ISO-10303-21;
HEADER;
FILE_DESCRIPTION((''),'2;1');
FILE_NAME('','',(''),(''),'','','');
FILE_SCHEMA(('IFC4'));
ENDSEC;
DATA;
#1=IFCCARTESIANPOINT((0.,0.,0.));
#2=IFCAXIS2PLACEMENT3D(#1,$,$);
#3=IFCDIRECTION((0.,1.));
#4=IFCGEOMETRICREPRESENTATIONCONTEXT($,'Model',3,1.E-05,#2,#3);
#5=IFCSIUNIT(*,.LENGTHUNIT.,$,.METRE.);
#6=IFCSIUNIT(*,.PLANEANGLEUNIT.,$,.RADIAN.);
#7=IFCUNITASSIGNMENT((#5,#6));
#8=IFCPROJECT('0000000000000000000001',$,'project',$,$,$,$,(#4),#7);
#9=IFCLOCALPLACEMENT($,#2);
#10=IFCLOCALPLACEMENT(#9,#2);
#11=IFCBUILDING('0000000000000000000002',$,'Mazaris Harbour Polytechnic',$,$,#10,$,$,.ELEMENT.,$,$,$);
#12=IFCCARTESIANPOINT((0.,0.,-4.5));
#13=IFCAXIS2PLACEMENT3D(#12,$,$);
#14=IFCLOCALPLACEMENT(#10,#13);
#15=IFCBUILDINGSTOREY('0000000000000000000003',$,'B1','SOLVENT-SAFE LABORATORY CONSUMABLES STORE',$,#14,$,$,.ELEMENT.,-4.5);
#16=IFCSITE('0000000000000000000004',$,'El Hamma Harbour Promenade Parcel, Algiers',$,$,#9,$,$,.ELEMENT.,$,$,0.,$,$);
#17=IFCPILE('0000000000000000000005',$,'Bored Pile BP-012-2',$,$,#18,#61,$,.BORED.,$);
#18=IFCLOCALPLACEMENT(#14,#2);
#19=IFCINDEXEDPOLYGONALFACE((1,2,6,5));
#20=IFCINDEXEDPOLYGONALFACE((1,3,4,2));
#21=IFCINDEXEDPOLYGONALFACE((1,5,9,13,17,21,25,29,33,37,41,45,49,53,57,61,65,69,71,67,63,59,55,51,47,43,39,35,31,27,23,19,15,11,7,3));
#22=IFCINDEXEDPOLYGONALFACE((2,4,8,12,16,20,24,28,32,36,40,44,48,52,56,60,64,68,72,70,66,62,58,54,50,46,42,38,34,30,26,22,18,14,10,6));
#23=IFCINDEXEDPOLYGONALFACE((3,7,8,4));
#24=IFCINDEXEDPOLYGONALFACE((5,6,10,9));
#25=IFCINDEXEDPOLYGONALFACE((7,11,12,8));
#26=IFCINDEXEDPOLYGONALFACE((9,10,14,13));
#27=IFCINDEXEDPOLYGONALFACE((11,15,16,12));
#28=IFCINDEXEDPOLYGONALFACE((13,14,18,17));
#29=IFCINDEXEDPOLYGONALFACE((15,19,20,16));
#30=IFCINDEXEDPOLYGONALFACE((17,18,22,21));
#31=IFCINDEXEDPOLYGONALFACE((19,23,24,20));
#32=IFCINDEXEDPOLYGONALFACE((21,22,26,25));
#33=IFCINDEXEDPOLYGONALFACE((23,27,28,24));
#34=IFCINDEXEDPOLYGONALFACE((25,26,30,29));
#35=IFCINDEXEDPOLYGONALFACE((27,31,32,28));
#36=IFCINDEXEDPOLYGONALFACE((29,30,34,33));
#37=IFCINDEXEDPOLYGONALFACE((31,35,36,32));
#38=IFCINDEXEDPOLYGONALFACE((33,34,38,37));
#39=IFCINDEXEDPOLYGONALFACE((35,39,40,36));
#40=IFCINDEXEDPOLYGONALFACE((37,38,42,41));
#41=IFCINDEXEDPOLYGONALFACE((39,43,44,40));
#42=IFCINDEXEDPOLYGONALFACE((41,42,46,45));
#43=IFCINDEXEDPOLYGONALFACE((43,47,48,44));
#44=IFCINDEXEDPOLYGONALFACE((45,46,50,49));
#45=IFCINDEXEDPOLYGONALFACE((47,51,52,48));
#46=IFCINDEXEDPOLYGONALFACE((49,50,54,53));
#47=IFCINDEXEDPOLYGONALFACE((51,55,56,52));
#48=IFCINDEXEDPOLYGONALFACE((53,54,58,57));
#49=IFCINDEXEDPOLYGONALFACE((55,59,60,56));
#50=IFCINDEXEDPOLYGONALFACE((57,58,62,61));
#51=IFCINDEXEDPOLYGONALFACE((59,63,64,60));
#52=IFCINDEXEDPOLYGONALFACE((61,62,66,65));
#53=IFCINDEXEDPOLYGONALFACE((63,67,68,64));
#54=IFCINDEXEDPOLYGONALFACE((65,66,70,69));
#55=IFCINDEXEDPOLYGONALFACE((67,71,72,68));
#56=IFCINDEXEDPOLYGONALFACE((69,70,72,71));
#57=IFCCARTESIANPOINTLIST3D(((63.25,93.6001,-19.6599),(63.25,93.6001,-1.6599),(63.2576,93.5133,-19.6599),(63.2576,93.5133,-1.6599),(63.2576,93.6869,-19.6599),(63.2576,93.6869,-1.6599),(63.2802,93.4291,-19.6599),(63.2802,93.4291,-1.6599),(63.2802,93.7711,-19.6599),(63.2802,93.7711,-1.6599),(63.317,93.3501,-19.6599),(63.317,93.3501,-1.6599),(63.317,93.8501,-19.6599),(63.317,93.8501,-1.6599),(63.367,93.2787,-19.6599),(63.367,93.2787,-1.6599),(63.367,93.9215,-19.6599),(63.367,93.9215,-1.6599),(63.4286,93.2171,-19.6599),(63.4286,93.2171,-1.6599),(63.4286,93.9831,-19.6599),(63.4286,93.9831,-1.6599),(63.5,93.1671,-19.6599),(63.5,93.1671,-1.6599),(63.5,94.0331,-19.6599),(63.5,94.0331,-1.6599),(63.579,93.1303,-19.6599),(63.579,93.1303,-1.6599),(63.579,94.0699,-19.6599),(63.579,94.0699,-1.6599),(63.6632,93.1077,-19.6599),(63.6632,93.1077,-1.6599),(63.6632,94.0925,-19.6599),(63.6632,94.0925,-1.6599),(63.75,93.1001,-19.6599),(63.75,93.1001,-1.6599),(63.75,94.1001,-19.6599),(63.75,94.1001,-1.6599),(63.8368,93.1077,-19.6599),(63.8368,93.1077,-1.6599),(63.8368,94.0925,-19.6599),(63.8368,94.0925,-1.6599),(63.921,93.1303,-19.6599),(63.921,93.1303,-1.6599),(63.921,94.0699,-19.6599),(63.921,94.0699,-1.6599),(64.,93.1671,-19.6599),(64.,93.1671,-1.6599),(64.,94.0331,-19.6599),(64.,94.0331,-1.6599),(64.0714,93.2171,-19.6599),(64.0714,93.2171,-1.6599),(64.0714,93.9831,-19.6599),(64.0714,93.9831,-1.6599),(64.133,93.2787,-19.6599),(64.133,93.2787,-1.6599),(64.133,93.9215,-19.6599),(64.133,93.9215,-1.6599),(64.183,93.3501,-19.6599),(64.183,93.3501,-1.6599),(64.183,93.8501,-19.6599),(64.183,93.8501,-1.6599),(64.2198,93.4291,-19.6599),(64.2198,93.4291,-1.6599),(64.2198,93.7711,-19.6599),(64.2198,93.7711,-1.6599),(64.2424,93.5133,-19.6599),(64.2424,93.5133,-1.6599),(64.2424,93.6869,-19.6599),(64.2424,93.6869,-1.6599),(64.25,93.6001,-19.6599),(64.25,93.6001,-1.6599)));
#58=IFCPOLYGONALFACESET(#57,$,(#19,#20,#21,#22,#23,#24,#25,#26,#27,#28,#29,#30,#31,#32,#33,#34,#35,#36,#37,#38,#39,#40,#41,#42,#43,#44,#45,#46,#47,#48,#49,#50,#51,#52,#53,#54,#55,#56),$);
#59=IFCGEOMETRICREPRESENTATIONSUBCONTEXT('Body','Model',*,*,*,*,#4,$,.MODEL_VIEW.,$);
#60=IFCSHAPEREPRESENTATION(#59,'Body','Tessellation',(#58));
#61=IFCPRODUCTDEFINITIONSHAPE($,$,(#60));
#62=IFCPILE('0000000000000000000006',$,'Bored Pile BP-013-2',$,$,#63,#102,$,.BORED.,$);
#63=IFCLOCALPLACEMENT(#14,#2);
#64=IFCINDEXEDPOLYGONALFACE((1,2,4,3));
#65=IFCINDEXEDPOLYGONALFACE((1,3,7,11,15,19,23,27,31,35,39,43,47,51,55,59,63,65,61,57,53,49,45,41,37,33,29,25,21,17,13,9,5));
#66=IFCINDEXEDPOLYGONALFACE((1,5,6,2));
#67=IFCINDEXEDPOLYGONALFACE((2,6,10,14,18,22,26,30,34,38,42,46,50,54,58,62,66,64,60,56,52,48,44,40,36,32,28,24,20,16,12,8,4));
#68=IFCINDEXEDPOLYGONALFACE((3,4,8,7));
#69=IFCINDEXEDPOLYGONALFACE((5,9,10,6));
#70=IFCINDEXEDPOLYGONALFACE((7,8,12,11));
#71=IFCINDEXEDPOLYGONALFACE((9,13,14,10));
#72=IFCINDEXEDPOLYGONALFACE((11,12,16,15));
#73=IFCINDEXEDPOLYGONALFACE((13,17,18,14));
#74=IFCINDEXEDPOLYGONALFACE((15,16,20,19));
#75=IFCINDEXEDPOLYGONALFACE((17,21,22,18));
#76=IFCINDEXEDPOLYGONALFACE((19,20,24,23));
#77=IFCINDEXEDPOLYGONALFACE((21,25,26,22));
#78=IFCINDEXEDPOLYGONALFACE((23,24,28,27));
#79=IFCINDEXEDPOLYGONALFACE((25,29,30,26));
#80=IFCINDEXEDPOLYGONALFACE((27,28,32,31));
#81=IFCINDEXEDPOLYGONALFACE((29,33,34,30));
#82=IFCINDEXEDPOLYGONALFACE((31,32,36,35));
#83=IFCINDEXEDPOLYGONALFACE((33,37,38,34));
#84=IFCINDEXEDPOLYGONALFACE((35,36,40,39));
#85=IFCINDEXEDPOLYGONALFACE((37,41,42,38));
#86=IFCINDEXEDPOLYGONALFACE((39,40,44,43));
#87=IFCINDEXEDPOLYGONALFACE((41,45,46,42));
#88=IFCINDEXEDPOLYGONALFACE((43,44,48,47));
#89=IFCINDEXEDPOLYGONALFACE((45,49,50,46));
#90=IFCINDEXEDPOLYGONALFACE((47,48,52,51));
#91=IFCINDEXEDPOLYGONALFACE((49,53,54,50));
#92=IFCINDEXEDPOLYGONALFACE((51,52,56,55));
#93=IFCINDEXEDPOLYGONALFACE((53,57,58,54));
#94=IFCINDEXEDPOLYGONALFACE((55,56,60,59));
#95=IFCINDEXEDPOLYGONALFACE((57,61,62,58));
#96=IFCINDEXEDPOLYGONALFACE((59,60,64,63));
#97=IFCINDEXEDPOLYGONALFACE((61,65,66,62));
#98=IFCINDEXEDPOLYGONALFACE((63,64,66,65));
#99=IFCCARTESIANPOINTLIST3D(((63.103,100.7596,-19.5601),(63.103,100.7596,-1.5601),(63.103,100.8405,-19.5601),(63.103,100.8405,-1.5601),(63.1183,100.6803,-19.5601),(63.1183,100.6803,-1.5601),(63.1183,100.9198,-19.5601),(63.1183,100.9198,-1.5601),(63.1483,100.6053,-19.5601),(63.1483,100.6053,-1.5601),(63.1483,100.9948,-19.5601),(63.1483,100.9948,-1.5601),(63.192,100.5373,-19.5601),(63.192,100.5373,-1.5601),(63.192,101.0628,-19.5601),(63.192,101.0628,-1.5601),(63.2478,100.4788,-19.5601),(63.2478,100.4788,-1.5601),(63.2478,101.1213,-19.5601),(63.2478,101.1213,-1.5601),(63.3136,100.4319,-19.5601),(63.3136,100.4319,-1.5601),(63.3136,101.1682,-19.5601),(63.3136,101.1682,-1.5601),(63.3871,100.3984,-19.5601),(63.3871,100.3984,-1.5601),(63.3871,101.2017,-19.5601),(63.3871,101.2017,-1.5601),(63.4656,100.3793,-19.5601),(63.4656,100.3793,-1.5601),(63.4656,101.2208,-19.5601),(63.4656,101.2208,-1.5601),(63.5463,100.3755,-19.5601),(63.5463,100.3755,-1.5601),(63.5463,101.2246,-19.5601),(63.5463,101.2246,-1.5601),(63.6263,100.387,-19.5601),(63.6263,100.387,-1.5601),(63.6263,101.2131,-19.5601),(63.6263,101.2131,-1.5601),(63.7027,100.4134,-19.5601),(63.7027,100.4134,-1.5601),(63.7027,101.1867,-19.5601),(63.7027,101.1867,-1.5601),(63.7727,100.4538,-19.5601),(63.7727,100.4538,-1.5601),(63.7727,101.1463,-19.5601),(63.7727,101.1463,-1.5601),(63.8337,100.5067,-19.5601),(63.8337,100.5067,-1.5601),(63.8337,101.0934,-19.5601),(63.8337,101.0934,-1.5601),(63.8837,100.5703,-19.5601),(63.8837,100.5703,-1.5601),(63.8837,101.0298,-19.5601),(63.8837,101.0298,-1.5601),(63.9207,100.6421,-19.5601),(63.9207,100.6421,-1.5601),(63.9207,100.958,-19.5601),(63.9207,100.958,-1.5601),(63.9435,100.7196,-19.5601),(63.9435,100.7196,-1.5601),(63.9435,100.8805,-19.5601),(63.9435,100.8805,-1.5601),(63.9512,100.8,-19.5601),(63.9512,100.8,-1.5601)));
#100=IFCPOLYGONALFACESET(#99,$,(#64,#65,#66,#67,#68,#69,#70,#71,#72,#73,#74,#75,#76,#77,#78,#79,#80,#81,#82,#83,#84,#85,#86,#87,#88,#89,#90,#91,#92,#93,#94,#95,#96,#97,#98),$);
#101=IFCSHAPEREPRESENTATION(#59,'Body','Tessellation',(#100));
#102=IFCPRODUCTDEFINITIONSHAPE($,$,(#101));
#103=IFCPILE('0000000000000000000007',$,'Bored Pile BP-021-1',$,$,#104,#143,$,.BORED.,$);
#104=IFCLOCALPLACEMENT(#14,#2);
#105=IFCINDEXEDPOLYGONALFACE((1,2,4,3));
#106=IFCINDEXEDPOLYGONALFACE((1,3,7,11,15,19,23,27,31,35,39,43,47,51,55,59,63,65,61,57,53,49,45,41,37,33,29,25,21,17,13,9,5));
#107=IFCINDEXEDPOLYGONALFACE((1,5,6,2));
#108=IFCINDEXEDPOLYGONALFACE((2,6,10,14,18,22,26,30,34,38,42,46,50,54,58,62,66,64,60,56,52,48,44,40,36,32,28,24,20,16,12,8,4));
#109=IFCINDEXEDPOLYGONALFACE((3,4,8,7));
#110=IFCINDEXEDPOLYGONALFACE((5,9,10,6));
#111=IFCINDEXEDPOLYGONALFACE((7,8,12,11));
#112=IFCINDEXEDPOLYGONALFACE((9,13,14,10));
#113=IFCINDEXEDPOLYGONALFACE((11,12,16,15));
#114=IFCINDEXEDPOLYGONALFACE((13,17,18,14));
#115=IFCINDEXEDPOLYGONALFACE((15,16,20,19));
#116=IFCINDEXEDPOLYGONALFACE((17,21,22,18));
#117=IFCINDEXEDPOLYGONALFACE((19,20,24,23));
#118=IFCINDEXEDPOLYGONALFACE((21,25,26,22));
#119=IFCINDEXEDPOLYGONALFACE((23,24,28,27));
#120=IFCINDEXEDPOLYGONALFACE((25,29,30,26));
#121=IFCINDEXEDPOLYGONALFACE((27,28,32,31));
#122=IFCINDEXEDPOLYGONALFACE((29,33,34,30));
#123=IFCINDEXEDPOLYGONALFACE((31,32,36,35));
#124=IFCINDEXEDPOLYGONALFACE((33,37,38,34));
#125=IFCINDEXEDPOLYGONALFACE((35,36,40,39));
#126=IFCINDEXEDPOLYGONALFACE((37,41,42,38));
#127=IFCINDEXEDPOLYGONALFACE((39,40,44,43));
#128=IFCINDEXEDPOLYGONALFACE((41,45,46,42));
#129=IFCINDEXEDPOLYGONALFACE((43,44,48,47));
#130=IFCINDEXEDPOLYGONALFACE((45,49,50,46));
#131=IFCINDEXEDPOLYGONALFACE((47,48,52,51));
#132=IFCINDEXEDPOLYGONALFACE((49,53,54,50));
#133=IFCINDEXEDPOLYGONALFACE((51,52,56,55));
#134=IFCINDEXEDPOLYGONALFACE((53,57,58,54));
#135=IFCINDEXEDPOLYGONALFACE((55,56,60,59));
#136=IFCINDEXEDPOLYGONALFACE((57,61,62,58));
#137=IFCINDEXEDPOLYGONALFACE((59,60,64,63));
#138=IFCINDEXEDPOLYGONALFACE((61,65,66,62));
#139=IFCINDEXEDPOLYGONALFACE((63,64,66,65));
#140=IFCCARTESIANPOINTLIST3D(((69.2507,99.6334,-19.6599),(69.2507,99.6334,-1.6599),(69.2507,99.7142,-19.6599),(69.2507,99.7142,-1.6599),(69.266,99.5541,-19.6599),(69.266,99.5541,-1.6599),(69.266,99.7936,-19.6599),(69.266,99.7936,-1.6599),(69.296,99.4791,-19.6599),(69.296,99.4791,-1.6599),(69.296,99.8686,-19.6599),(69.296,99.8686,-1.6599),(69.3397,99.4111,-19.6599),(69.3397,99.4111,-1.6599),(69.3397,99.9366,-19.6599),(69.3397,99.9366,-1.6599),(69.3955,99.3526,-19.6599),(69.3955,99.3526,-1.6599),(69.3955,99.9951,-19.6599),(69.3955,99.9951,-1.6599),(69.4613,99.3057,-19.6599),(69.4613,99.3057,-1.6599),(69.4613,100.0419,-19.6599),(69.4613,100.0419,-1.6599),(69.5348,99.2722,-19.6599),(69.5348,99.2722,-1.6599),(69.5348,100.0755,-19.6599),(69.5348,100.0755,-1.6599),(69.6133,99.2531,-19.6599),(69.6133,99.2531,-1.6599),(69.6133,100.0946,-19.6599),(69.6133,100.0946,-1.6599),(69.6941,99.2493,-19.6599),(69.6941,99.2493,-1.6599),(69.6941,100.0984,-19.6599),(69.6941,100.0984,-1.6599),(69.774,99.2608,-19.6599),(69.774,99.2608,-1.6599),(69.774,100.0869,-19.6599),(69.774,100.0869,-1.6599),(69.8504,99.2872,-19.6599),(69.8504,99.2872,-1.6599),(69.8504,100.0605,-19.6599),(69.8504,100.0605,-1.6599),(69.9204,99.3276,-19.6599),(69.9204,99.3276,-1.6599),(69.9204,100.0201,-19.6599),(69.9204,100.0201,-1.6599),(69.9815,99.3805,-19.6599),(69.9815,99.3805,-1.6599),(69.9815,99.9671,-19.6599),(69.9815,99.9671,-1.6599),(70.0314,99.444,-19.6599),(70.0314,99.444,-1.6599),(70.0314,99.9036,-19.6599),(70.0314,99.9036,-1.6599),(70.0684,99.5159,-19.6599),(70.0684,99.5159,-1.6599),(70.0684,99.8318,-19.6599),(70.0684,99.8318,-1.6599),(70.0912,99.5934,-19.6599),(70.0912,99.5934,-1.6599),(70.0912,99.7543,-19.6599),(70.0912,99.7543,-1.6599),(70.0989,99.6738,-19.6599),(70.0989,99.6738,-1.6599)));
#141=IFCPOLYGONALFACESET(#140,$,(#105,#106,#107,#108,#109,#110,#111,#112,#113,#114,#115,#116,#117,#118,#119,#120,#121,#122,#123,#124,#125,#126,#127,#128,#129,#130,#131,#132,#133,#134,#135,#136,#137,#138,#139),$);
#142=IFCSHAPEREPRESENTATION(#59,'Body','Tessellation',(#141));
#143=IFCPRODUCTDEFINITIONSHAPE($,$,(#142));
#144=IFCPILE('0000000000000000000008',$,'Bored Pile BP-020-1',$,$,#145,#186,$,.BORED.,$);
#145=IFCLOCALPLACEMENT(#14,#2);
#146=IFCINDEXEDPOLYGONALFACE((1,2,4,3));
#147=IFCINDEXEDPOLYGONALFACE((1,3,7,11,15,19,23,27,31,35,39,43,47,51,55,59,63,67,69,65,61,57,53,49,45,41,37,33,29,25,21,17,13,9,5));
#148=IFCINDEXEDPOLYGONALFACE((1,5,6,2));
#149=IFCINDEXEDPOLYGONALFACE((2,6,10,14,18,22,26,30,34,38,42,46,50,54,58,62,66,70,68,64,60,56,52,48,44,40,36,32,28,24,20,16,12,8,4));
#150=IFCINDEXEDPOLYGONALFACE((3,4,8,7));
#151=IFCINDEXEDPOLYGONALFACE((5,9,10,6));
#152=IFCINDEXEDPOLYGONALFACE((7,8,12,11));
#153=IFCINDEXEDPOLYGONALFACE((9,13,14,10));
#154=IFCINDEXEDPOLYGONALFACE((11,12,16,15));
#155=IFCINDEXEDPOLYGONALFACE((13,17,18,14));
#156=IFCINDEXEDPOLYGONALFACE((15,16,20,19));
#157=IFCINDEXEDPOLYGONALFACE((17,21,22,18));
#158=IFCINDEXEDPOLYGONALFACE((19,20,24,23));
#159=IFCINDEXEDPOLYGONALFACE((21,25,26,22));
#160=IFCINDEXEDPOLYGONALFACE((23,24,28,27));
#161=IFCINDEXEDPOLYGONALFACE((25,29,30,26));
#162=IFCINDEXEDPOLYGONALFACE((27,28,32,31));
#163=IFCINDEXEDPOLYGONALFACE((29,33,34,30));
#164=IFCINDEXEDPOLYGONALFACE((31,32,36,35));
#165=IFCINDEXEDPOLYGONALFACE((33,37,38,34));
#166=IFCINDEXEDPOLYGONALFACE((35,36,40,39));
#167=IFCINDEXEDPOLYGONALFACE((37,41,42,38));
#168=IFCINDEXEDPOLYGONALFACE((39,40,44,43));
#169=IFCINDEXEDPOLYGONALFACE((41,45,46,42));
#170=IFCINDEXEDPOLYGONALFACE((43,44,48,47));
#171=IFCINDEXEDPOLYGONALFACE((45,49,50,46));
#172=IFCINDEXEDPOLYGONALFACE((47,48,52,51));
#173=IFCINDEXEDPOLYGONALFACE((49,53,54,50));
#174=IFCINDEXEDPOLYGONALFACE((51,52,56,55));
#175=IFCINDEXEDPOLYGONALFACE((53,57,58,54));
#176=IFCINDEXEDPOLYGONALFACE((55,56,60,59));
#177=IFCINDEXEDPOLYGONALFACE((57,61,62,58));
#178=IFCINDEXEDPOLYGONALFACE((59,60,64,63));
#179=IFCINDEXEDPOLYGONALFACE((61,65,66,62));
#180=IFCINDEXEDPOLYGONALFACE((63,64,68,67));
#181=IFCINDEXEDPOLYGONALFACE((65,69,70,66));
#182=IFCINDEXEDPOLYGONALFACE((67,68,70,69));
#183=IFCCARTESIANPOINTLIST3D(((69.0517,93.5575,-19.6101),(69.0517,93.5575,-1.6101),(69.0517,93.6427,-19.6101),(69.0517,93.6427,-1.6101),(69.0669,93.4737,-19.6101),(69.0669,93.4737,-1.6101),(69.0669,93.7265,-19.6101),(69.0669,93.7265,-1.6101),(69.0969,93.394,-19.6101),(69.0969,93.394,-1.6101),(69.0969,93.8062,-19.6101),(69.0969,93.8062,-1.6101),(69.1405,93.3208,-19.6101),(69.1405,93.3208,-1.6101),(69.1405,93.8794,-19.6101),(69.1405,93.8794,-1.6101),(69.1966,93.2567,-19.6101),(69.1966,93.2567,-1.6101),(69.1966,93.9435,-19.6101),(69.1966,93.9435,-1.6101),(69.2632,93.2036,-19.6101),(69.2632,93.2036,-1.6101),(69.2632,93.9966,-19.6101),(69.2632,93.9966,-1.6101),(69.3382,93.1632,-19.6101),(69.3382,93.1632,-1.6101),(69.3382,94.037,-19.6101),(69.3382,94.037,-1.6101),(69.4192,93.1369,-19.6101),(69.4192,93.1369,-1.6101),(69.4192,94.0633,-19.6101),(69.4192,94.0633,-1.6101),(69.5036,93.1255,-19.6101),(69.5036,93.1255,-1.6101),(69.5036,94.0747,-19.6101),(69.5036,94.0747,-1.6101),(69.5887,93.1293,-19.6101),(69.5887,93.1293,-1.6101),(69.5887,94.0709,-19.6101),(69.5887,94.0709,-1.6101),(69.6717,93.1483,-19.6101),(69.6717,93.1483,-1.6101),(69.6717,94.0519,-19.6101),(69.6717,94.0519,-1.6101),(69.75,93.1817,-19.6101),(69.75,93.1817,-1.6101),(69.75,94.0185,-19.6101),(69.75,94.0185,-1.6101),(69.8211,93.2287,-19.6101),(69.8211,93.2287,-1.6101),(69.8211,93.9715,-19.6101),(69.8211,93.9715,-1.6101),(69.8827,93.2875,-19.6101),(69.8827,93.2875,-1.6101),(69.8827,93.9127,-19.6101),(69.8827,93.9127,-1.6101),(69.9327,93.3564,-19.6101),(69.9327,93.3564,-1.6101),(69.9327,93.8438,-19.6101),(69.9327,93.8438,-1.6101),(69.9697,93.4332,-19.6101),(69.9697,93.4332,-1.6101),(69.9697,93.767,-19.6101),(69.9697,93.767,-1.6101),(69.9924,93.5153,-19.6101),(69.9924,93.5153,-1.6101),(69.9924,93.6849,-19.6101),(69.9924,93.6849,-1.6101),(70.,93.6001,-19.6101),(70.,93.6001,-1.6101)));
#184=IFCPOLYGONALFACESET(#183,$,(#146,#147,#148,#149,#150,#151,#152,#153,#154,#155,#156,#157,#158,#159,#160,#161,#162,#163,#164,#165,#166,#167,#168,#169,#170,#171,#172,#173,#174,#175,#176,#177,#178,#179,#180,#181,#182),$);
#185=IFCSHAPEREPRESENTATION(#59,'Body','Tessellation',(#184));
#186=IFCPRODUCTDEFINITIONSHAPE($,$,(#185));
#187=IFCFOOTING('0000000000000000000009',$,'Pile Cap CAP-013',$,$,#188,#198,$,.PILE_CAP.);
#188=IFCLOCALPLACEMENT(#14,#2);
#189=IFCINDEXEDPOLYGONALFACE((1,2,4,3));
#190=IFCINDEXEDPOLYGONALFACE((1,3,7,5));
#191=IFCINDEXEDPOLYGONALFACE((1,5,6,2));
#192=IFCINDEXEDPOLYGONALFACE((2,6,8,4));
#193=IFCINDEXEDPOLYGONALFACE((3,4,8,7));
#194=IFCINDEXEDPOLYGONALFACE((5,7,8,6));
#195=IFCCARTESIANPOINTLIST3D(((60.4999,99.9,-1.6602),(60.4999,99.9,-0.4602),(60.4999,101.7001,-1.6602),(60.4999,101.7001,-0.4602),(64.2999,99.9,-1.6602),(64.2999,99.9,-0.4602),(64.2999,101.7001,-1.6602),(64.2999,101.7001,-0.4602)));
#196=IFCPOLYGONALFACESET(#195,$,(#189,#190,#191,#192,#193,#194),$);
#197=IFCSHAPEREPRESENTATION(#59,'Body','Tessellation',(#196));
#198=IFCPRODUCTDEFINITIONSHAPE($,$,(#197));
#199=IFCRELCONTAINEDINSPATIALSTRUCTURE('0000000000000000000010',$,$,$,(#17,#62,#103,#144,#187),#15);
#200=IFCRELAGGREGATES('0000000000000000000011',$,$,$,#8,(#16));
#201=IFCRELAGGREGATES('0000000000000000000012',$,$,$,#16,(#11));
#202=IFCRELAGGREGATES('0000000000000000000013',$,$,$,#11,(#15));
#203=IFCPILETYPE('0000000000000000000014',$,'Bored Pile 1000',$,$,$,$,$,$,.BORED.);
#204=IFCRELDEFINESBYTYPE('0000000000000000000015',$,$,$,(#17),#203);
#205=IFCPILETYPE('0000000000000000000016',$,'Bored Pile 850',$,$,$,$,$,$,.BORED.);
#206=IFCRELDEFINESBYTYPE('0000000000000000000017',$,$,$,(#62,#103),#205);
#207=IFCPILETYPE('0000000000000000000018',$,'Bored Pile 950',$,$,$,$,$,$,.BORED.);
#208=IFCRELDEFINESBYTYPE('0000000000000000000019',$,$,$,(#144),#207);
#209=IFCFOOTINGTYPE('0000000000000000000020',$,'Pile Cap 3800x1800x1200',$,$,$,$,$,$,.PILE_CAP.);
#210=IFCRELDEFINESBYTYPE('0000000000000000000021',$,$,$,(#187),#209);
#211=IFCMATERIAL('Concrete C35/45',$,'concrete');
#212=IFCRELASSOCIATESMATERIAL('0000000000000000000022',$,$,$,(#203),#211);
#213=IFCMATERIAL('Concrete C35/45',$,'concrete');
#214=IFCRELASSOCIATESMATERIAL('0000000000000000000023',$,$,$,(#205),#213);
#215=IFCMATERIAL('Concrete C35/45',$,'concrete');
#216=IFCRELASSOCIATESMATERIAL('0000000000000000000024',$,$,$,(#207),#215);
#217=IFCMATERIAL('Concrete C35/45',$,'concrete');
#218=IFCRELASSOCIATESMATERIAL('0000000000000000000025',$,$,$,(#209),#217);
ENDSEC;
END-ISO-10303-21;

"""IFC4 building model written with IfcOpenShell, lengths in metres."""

from ifc_helpers import new_model, si_unit, direction, frame, origin, origin_2d, place, context, subcontext, project, spatial, rectangle, circle, extrude, material, material_profile, profile_set, type_object, element, save


model = new_model("IFC4")

# Units and contexts
model_context = context("Model", 3, precision=1e-05, world=origin(), true_north=direction((0.0, 1.0)))
body_context = subcontext(model_context, "Body", "Model", "MODEL_VIEW")
ifc_project = project(units=[si_unit("LENGTHUNIT", "METRE"), si_unit("PLANEANGLEUNIT", "RADIAN")], contexts=[model_context])

# Site, building, storey
site_placement = place(None, origin())
site = spatial("IfcSite", under=ifc_project, at=site_placement, Name="El Hamma Harbour Promenade Parcel, Algiers", CompositionType="ELEMENT", RefElevation=0.0)
building_placement = place(site_placement, origin())
building = spatial("IfcBuilding", under=site, at=building_placement, Name="Mazaris Harbour Polytechnic", CompositionType="ELEMENT")
storey_placement = place(building_placement, frame((0.0, 0.0, -4.5)))
storey = spatial("IfcBuildingStorey", under=building, at=storey_placement, Name="B1", Description="SOLVENT-SAFE LABORATORY CONSUMABLES STORE", CompositionType="ELEMENT", Elevation=-4.5)

# Piles
ifc_material_1 = material(Name="Concrete C35/45", Category="concrete")
ifc_material_profile_1 = material_profile(ifc_material_1, circle(Radius=0.5, at=origin_2d()), Name="DIA1000")
ifc_profile_set_1 = profile_set([ifc_material_profile_1], Name="Concrete C35/45")
pile_type_1 = type_object("IfcPileType", Name="Bored Pile 1000", PredefinedType="BORED", material=ifc_profile_set_1)
pile_1_placement = place(storey_placement, frame((63.75, 93.6001, -1.6599), z_axis=(0.0, 0.0, -1.0), x_axis=(1.0, 0.0, 0.0)))
element("IfcPile", 1, at=pile_1_placement, inside=storey, type_object=pile_type_1, Name="Bored Pile BP-012-2", PredefinedType="BORED", context=body_context, shape_type="SweptSolid", body=[
    extrude(circle(Radius=0.5, at=origin_2d()), origin(), (0.0, 0.0, 1.0), 18.0),
])
ifc_material_2 = material(Name="Concrete C35/45", Category="concrete")
ifc_material_profile_2 = material_profile(ifc_material_2, circle(Radius=0.425, at=origin_2d()), Name="DIA850")
ifc_profile_set_2 = profile_set([ifc_material_profile_2], Name="Concrete C35/45")
pile_type_2 = type_object("IfcPileType", Name="Bored Pile 850", PredefinedType="BORED", material=ifc_profile_set_2)
for number, where, z_axis, x_axis, name in (
    (2, (63.5261, 100.8, -1.5601), (0.0, 0.0, -1.0), (1.0, 0.0, 0.0), "Bored Pile BP-013-2"),
    (3, (69.6738, 99.6738, -1.6599), (0.0, 0.0, -1.0), (1.0, 0.0, 0.0), "Bored Pile BP-021-1"),
):
    element("IfcPile", number, at=place(storey_placement, frame(where, z_axis=z_axis, x_axis=x_axis)), inside=storey, type_object=pile_type_2, Name=name, PredefinedType="BORED", context=body_context, shape_type="SweptSolid", body=[
        extrude(circle(Radius=0.425, at=origin_2d()), origin(), (0.0, 0.0, 1.0), 18.0),
    ])
ifc_material_3 = material(Name="Concrete C35/45", Category="concrete")
ifc_material_profile_3 = material_profile(ifc_material_3, circle(Radius=0.4751, at=origin_2d()), Name="DIA950")
ifc_profile_set_3 = profile_set([ifc_material_profile_3], Name="Concrete C35/45")
pile_type_3 = type_object("IfcPileType", Name="Bored Pile 950", PredefinedType="BORED", material=ifc_profile_set_3)
pile_2_placement = place(storey_placement, frame((69.5249, 93.6001, -1.6101), z_axis=(0.0, 0.0, -1.0), x_axis=(1.0, 0.0, 0.0)))
element("IfcPile", 4, at=pile_2_placement, inside=storey, type_object=pile_type_3, Name="Bored Pile BP-020-1", PredefinedType="BORED", context=body_context, shape_type="SweptSolid", body=[
    extrude(circle(Radius=0.4751, at=origin_2d()), origin(), (0.0, 0.0, 1.0), 18.0),
])

# Footing
ifc_material_4 = material(Name="Concrete C35/45", Category="concrete")
footing_type_1 = type_object("IfcFootingType", Name="Pile Cap 3800x1800x1200", PredefinedType="PILE_CAP", material=ifc_material_4)
footing_1_placement = place(storey_placement, frame((62.3999, 100.8, -1.6602), z_axis=(0.0, 0.0, 1.0), x_axis=(1.0, 0.0, 0.0)))
element("IfcFooting", 5, at=footing_1_placement, inside=storey, type_object=footing_type_1, Name="Pile Cap CAP-013", PredefinedType="PILE_CAP", context=body_context, shape_type="SweptSolid", body=[
    extrude(rectangle(XDim=3.8, YDim=1.8, at=origin_2d()), origin(), (0.0, 0.0, 1.0), 1.2),
])

save(model, "model.ifc")
